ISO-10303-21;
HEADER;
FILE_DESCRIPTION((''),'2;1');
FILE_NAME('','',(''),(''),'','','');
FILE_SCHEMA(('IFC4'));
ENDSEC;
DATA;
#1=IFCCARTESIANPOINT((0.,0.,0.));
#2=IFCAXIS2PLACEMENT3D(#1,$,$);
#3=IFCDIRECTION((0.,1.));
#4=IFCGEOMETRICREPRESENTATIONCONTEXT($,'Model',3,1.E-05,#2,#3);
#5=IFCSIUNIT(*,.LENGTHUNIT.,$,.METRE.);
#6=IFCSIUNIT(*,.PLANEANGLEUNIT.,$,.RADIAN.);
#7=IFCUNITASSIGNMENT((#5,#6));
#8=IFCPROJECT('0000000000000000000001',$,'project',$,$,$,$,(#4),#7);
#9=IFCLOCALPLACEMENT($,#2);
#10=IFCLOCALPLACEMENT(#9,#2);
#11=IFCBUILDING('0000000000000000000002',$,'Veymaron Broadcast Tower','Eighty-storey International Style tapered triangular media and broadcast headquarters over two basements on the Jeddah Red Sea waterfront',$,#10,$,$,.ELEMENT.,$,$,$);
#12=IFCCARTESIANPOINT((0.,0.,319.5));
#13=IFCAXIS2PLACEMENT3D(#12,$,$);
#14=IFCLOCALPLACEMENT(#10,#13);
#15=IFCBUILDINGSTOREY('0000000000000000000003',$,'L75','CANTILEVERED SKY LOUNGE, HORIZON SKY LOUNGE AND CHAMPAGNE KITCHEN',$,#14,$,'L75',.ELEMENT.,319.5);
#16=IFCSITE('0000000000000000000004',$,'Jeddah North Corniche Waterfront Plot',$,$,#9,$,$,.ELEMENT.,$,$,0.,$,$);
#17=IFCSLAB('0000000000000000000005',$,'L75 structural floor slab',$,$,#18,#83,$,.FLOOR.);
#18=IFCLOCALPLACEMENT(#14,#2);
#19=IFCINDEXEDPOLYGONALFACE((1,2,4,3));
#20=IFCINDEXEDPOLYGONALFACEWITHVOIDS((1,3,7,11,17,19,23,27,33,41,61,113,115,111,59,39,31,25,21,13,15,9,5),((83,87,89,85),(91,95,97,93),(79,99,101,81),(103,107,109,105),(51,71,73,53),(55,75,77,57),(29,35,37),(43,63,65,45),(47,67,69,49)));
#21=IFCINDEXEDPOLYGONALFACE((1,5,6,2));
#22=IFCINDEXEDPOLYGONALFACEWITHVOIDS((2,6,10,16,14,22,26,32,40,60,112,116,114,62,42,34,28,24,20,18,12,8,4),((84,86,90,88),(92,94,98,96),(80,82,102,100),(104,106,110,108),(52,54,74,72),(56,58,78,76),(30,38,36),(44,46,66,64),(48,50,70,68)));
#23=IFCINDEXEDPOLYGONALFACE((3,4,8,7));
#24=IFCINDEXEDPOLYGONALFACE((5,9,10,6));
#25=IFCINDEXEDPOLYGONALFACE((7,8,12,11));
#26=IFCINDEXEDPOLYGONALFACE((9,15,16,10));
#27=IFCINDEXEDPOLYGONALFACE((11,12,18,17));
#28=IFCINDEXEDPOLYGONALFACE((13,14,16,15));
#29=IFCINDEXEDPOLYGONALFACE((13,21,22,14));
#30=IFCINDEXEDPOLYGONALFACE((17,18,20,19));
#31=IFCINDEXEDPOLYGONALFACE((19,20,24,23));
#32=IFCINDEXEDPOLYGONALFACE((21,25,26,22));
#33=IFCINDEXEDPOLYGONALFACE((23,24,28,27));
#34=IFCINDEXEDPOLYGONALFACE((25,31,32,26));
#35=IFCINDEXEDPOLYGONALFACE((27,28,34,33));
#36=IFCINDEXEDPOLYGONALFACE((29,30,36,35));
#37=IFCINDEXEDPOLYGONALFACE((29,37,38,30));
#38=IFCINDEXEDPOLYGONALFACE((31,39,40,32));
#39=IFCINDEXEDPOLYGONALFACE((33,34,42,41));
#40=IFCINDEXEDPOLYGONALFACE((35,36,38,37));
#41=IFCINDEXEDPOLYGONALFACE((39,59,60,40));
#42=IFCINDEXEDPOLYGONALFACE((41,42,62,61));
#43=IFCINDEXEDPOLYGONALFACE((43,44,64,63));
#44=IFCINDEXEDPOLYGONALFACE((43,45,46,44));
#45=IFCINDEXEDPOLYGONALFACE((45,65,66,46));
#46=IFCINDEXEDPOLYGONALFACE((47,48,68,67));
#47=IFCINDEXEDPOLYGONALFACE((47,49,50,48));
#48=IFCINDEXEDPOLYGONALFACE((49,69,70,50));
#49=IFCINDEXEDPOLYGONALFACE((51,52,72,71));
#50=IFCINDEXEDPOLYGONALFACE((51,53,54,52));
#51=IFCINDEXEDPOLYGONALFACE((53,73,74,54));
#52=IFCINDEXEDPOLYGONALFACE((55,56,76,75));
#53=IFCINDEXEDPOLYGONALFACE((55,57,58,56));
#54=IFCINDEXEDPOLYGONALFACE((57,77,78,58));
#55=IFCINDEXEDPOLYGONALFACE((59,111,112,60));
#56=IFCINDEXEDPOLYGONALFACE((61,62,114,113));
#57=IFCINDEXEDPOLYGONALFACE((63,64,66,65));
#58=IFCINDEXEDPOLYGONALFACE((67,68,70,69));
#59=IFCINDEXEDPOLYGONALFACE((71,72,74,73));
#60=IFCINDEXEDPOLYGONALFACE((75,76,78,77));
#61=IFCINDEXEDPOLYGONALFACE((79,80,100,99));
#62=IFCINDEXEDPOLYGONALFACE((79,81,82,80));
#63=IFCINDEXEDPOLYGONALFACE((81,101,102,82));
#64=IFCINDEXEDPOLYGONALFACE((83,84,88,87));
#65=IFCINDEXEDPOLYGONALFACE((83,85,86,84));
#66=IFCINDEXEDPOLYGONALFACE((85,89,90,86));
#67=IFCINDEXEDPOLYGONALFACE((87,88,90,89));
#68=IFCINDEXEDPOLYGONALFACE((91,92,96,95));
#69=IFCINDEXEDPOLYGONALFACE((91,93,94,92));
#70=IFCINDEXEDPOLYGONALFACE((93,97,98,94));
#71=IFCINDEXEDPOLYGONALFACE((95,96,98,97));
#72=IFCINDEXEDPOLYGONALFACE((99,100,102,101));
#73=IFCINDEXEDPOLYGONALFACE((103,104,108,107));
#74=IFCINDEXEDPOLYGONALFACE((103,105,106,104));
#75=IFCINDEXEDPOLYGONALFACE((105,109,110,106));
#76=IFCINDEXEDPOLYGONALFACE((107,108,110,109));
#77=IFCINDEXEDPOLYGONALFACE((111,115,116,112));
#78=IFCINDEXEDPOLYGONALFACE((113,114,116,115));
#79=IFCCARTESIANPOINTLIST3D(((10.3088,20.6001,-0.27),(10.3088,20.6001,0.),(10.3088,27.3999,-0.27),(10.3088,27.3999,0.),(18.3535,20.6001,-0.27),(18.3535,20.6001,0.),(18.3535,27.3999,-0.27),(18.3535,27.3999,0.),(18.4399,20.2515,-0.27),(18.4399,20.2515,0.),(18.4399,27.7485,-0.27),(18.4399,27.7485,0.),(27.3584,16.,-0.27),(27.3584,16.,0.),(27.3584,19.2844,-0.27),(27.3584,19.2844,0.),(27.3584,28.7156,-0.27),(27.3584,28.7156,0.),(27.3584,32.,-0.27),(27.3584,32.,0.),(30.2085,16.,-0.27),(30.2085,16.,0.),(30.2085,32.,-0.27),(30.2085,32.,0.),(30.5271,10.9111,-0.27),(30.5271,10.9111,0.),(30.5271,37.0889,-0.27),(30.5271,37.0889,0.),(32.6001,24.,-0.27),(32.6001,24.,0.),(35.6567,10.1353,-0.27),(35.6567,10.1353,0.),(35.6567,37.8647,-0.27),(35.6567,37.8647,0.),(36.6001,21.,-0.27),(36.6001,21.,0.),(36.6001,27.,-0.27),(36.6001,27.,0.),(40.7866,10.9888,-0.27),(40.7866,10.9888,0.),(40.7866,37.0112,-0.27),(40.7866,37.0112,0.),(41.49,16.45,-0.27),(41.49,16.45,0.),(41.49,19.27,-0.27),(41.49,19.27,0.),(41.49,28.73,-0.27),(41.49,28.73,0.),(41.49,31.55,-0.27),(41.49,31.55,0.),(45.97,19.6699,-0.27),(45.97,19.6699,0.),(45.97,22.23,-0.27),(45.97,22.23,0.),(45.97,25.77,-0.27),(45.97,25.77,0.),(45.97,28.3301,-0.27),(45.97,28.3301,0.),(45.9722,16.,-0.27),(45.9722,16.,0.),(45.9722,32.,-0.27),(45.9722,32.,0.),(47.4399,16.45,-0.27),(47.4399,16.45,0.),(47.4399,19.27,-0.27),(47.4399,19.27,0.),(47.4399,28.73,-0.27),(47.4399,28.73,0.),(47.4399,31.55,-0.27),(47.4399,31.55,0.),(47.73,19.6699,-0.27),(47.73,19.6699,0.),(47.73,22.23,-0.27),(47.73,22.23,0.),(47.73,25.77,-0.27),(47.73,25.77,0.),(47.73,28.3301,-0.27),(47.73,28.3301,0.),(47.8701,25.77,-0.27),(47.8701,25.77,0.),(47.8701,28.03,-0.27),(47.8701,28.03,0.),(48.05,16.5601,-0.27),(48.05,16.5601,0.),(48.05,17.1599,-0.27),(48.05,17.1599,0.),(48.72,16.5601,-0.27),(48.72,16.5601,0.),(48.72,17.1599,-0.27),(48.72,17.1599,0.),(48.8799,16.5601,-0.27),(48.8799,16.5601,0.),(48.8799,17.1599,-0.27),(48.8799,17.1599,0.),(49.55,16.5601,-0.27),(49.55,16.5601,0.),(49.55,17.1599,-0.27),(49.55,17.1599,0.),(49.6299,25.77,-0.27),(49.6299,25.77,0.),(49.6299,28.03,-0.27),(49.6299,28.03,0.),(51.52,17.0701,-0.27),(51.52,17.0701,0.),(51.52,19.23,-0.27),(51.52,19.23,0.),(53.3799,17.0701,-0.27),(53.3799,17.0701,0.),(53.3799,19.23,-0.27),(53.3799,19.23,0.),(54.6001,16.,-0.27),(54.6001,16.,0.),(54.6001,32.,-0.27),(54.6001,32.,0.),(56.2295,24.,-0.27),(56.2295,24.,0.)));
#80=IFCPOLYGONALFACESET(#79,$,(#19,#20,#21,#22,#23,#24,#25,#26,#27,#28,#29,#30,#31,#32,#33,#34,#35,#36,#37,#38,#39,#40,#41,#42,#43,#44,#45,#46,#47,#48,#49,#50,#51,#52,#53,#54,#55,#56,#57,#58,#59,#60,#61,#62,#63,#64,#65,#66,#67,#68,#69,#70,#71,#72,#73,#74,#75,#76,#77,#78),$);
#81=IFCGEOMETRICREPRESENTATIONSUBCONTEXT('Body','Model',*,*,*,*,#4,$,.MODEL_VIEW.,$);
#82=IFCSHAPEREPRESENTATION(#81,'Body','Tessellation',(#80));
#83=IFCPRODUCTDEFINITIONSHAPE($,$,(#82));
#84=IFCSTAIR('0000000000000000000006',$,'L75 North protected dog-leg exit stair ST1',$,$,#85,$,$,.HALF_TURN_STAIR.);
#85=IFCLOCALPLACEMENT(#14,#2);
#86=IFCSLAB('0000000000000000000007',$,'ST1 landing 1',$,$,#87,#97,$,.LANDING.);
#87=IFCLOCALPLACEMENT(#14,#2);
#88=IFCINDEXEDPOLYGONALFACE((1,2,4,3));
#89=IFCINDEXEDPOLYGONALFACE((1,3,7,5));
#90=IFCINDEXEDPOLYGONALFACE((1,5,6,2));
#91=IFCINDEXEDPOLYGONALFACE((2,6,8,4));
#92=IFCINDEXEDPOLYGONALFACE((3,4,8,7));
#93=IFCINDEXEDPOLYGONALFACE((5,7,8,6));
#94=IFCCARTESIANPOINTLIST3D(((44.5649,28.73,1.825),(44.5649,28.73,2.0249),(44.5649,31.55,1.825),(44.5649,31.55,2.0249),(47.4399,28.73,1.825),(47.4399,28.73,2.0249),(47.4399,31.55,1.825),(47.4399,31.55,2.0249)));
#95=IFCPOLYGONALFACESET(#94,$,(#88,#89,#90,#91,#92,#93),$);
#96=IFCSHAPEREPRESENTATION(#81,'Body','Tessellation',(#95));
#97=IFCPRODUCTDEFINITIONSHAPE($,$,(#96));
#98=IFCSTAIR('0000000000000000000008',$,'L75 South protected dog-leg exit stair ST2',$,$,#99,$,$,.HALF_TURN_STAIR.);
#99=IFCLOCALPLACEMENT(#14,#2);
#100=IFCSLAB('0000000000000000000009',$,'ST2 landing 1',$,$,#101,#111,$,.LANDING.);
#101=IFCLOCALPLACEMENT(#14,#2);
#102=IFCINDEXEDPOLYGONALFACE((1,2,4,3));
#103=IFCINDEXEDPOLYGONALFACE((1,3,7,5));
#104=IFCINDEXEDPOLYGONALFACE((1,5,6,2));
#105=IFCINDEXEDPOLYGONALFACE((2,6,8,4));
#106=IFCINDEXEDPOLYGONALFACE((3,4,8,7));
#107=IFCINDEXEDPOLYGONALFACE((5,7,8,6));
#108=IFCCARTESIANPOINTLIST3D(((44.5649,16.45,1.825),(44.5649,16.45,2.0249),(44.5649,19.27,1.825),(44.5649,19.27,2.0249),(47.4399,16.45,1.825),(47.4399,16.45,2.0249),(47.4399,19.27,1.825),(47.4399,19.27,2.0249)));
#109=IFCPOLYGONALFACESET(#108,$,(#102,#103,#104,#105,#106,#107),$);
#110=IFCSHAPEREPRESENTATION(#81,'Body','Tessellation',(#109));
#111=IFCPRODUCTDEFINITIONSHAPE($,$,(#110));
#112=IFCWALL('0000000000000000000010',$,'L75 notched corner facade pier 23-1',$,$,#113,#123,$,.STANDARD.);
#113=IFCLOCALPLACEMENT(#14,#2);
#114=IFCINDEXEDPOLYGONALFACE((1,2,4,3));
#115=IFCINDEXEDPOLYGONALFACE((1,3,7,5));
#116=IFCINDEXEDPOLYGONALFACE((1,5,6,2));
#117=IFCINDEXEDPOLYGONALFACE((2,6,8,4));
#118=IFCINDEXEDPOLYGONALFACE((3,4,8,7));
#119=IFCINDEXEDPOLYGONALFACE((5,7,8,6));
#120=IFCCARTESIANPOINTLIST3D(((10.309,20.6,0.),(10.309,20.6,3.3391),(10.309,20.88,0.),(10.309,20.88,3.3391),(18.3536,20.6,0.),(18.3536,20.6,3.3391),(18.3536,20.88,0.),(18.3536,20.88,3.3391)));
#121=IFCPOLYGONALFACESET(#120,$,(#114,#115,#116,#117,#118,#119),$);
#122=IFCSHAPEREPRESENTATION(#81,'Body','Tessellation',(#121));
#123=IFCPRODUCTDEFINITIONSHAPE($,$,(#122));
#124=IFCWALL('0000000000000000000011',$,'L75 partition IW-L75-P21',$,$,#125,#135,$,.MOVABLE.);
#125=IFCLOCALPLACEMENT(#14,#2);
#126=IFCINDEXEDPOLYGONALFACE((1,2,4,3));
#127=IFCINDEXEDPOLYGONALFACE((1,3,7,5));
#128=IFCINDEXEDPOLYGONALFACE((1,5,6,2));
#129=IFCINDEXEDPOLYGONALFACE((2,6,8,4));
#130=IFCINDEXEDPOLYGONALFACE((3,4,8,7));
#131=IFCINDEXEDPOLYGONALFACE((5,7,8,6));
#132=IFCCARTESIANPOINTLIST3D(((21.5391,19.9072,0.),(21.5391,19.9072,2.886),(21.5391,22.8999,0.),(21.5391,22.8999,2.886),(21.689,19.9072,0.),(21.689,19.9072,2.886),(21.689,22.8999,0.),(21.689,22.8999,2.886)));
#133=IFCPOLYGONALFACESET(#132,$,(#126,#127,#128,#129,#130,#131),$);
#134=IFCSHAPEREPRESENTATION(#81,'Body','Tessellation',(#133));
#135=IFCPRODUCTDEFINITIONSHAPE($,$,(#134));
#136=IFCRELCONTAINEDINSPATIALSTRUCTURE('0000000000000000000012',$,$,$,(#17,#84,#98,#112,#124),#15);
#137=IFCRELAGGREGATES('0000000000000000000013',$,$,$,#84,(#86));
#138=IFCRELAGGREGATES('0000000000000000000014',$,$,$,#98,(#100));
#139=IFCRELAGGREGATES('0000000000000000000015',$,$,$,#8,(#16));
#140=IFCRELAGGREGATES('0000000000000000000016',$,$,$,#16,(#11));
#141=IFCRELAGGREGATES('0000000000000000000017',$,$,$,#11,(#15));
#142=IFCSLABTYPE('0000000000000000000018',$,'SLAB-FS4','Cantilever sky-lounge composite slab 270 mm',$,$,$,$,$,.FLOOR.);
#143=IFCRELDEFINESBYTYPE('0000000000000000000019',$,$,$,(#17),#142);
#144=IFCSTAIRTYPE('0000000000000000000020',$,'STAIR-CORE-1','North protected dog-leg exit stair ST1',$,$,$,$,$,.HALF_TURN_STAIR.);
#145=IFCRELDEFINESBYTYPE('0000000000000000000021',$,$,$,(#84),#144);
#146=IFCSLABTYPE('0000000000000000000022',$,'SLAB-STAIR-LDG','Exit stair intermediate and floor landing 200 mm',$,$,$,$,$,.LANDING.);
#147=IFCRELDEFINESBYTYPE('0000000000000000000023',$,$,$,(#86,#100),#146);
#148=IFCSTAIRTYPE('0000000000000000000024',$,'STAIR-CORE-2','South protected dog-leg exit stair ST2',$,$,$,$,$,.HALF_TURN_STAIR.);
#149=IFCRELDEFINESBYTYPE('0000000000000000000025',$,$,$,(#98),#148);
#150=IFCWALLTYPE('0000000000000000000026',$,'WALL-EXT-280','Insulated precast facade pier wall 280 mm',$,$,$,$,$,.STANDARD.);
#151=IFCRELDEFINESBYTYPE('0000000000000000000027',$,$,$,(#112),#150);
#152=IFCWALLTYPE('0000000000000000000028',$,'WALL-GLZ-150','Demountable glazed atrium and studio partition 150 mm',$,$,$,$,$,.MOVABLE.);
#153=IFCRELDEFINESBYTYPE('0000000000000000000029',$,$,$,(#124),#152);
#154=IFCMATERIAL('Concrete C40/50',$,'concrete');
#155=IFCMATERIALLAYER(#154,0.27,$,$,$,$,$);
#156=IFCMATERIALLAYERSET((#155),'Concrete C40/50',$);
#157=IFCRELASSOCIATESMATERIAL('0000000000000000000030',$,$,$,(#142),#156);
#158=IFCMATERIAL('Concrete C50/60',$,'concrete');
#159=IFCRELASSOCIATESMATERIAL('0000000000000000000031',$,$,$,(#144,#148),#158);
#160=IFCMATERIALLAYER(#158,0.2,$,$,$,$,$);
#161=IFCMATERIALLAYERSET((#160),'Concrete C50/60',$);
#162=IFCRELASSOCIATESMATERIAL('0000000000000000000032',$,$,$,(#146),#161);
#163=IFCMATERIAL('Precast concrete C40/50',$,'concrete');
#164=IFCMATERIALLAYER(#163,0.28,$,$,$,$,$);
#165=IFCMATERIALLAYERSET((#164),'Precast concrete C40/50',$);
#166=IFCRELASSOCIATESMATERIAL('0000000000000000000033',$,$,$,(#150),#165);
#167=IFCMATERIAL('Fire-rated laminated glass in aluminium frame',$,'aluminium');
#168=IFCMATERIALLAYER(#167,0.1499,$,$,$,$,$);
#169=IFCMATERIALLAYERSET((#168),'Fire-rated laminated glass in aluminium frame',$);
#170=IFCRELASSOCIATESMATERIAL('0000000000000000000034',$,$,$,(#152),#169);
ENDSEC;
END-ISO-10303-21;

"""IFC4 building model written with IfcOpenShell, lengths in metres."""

from ifc_helpers import new_model, si_unit, direction, frame, frame_2d, origin, place, context, subcontext, project, spatial, polyline, rectangle, outline, extrude, material, layer, layer_set, type_object, element, aggregate, save


model = new_model("IFC4")

# Units and contexts
model_context = context("Model", 3, precision=1e-05, world=origin(), true_north=direction((0.0, 1.0)))
body_context = subcontext(model_context, "Body", "Model", "MODEL_VIEW")
ifc_project = project(units=[si_unit("LENGTHUNIT", "METRE"), si_unit("PLANEANGLEUNIT", "RADIAN")], contexts=[model_context])

# Site, building, storey
site_placement = place(None, origin())
site = spatial("IfcSite", under=ifc_project, at=site_placement, Name="Jeddah North Corniche Waterfront Plot", CompositionType="ELEMENT", RefElevation=0.0)
building_placement = place(site_placement, origin())
building = spatial("IfcBuilding", under=site, at=building_placement, Name="Veymaron Broadcast Tower", Description="Eighty-storey International Style tapered triangular media and broadcast headquarters over two basements on the Jeddah Red Sea waterfront", CompositionType="ELEMENT")
storey_placement = place(building_placement, frame((0.0, 0.0, 319.5)))
storey = spatial("IfcBuildingStorey", under=building, at=storey_placement, Name="L75", Description="CANTILEVERED SKY LOUNGE, HORIZON SKY LOUNGE AND CHAMPAGNE KITCHEN", LongName="L75", CompositionType="ELEMENT", Elevation=319.5)

# Slab
ifc_material_1 = material(Name="Concrete C40/50", Category="concrete")
ifc_layer_1 = layer(ifc_material_1, 0.27)
ifc_layer_set_1 = layer_set([ifc_layer_1], Name="Concrete C40/50")
slab_type_1 = type_object("IfcSlabType", Name="SLAB-FS4", Description="Cantilever sky-lounge composite slab 270 mm", PredefinedType="FLOOR", material=ifc_layer_set_1)
slab_1_placement = place(storey_placement, frame((0.0, 0.0, -0.27)))
element("IfcSlab", 1, at=slab_1_placement, inside=storey, type_object=slab_type_1, Name="L75 structural floor slab", PredefinedType="FLOOR", context=body_context, shape_type="SweptSolid", body=[
    extrude(outline(polyline([(18.3535, 20.6001), (18.4399, 20.2515), (27.3584, 19.2844), (27.3584, 16.0), (30.2085, 16.0), (30.5271, 10.9111), (35.6567, 10.1353), (40.7866, 10.9888), (45.9722, 16.0), (54.6001, 16.0), (56.2295, 24.0), (54.6001, 32.0), (45.9722, 32.0), (40.7866, 37.0112), (35.6567, 37.8647), (30.5271, 37.0889), (30.2085, 32.0), (27.3584, 32.0), (27.3584, 28.7156), (18.4399, 27.7485), (18.3535, 27.3999), (10.3088, 27.3999), (10.3088, 20.6001), (18.3535, 20.6001)]), holes=[polyline([(45.97, 28.3301), (47.73, 28.3301), (47.73, 25.77), (45.97, 25.77), (45.97, 28.3301)]), polyline([(45.97, 22.23), (47.73, 22.23), (47.73, 19.6699), (45.97, 19.6699), (45.97, 22.23)]), polyline([(47.8701, 28.03), (49.6299, 28.03), (49.6299, 25.77), (47.8701, 25.77), (47.8701, 28.03)]), polyline([(51.52, 19.23), (53.3799, 19.23), (53.3799, 17.0701), (51.52, 17.0701), (51.52, 19.23)]), polyline([(48.05, 17.1599), (48.72, 17.1599), (48.72, 16.5601), (48.05, 16.5601), (48.05, 17.1599)]), polyline([(48.8799, 17.1599), (49.55, 17.1599), (49.55, 16.5601), (48.8799, 16.5601), (48.8799, 17.1599)]), polyline([(36.6001, 27.0), (36.6001, 21.0), (32.6001, 24.0), (36.6001, 27.0)]), polyline([(41.49, 31.55), (47.4399, 31.55), (47.4399, 28.73), (41.49, 28.73), (41.49, 31.55)]), polyline([(41.49, 19.27), (47.4399, 19.27), (47.4399, 16.45), (41.49, 16.45), (41.49, 19.27)])]), origin(), (0.0, 0.0, 1.0), 0.27),
])

# Stairs, slabs
ifc_material_2 = material(Name="Concrete C50/60", Category="concrete")
stair_type_1 = type_object("IfcStairType", Name="STAIR-CORE-1", Description="North protected dog-leg exit stair ST1", PredefinedType="HALF_TURN_STAIR", material=ifc_material_2)
stair_1_placement = place(storey_placement, origin())
stair_1 = element("IfcStair", 2, at=stair_1_placement, inside=storey, type_object=stair_type_1, Name="L75 North protected dog-leg exit stair ST1", PredefinedType="HALF_TURN_STAIR")
ifc_layer_2 = layer(ifc_material_2, 0.2)
ifc_layer_set_2 = layer_set([ifc_layer_2], Name="Concrete C50/60")
slab_type_2 = type_object("IfcSlabType", Name="SLAB-STAIR-LDG", Description="Exit stair intermediate and floor landing 200 mm", PredefinedType="LANDING", material=ifc_layer_set_2)
slab_2_placement = place(storey_placement, frame((0.0, 0.0, 1.825)))
slab_2 = element("IfcSlab", 3, at=slab_2_placement, type_object=slab_type_2, Name="ST1 landing 1", PredefinedType="LANDING", context=body_context, shape_type="SweptSolid", body=[
    extrude(outline(polyline([(44.5649, 28.73), (47.4399, 28.73), (47.4399, 31.55), (44.5649, 31.55), (44.5649, 28.73)])), origin(), (0.0, 0.0, 1.0), 0.2),
])
aggregate(stair_1, [slab_2])
stair_type_2 = type_object("IfcStairType", Name="STAIR-CORE-2", Description="South protected dog-leg exit stair ST2", PredefinedType="HALF_TURN_STAIR", material=ifc_material_2)
stair_2_placement = place(storey_placement, origin())
stair_2 = element("IfcStair", 4, at=stair_2_placement, inside=storey, type_object=stair_type_2, Name="L75 South protected dog-leg exit stair ST2", PredefinedType="HALF_TURN_STAIR")
slab_3_placement = place(storey_placement, frame((0.0, 0.0, 1.825)))
slab_3 = element("IfcSlab", 5, at=slab_3_placement, type_object=slab_type_2, Name="ST2 landing 1", PredefinedType="LANDING", context=body_context, shape_type="SweptSolid", body=[
    extrude(outline(polyline([(44.5649, 16.45), (47.4399, 16.45), (47.4399, 19.27), (44.5649, 19.27), (44.5649, 16.45)])), origin(), (0.0, 0.0, 1.0), 0.2),
])
aggregate(stair_2, [slab_3])

# Wall
ifc_material_3 = material(Name="Precast concrete C40/50", Category="concrete")
ifc_layer_3 = layer(ifc_material_3, 0.28)
ifc_layer_set_3 = layer_set([ifc_layer_3], Name="Precast concrete C40/50")
wall_type_1 = type_object("IfcWallType", Name="WALL-EXT-280", Description="Insulated precast facade pier wall 280 mm", PredefinedType="STANDARD", material=ifc_layer_set_3)
wall_1_placement = place(storey_placement, frame((10.3088, 20.74, 0.0), z_axis=(0.0, 0.0, 1.0), x_axis=(1.0, 0.0, 0.0)))
element("IfcWall", 6, at=wall_1_placement, inside=storey, type_object=wall_type_1, Name="L75 notched corner facade pier 23-1", PredefinedType="STANDARD", context=body_context, shape_type="SweptSolid", body=[
    extrude(rectangle(XDim=8.0447, YDim=0.28, at=frame_2d((4.0225, 0.0))), origin(), (0.0, 0.0, 1.0), 3.3391),
])

# Wall
ifc_material_4 = material(Name="Fire-rated laminated glass in aluminium frame", Category="aluminium")
ifc_layer_4 = layer(ifc_material_4, 0.1499)
ifc_layer_set_4 = layer_set([ifc_layer_4], Name="Fire-rated laminated glass in aluminium frame")
wall_type_2 = type_object("IfcWallType", Name="WALL-GLZ-150", Description="Demountable glazed atrium and studio partition 150 mm", PredefinedType="MOVABLE", material=ifc_layer_set_4)
wall_2_placement = place(storey_placement, frame((21.614, 19.9072, 0.0), z_axis=(0.0, 0.0, 1.0), x_axis=(0.0, 1.0, 0.0)))
element("IfcWall", 7, at=wall_2_placement, inside=storey, type_object=wall_type_2, Name="L75 partition IW-L75-P21", PredefinedType="MOVABLE", context=body_context, shape_type="SweptSolid", body=[
    extrude(rectangle(XDim=2.9927, YDim=0.1499, at=frame_2d((1.4963, 0.0))), origin(), (0.0, 0.0, 1.0), 2.886),
])

save(model, "model.ifc")
